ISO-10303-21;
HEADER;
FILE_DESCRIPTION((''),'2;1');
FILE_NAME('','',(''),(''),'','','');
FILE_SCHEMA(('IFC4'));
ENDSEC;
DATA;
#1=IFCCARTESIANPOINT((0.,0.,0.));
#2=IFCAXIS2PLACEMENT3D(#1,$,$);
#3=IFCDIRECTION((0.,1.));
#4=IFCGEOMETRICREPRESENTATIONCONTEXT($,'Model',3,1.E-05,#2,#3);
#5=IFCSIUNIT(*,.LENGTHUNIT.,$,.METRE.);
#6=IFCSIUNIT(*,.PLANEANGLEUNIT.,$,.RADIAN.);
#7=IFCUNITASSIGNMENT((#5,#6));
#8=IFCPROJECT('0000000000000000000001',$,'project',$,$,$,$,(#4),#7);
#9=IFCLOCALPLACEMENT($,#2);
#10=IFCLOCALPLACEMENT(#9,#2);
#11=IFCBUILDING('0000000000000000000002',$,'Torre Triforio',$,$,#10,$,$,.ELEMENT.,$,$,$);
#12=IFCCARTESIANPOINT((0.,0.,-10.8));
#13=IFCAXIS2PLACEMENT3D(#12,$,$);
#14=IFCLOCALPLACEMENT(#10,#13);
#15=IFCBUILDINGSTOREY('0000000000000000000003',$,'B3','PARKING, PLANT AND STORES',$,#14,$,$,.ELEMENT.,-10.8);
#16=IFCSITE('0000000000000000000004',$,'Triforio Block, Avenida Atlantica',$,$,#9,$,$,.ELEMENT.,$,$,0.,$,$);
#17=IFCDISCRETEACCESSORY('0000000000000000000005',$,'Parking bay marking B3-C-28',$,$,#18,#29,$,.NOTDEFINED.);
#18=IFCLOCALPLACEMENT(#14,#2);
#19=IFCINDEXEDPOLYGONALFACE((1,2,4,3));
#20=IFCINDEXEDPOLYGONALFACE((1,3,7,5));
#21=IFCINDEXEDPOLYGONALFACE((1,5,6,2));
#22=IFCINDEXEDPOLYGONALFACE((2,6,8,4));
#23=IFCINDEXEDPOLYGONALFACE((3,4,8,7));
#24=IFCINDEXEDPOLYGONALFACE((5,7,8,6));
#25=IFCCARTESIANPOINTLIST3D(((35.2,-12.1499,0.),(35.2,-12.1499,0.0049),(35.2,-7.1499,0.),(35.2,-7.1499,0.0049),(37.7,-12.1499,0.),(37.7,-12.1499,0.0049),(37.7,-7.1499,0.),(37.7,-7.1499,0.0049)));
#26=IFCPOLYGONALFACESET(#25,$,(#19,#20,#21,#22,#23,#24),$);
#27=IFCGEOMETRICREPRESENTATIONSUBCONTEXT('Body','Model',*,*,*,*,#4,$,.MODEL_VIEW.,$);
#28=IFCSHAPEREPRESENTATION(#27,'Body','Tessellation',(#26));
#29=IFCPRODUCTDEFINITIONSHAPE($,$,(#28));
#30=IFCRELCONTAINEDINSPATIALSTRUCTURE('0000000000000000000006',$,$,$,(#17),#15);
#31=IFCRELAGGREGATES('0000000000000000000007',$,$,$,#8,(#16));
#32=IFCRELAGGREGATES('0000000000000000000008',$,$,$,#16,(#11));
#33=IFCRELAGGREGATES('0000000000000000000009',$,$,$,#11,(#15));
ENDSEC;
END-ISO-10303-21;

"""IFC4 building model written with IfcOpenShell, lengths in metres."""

from ifc_helpers import new_model, si_unit, direction, frame, origin, origin_2d, place, context, subcontext, project, spatial, rectangle, extrude, element, save


model = new_model("IFC4")

# Units and contexts
model_context = context("Model", 3, precision=1e-05, world=origin(), true_north=direction((0.0, 1.0)))
body_context = subcontext(model_context, "Body", "Model", "MODEL_VIEW")
ifc_project = project(units=[si_unit("LENGTHUNIT", "METRE"), si_unit("PLANEANGLEUNIT", "RADIAN")], contexts=[model_context])

# Site, building, storey
site_placement = place(None, origin())
site = spatial("IfcSite", under=ifc_project, at=site_placement, Name="Triforio Block, Avenida Atlantica", CompositionType="ELEMENT", RefElevation=0.0)
building_placement = place(site_placement, origin())
building = spatial("IfcBuilding", under=site, at=building_placement, Name="Torre Triforio", CompositionType="ELEMENT")
storey_placement = place(building_placement, frame((0.0, 0.0, -10.8)))
storey = spatial("IfcBuildingStorey", under=building, at=storey_placement, Name="B3", Description="PARKING, PLANT AND STORES", CompositionType="ELEMENT", Elevation=-10.8)

# Discrete accessory
for number, where, z_axis, x_axis, name in (
    (1, (36.45, -9.6499, 0.0), (0.0, 0.0, 1.0), (1.0, 0.0, 0.0), "Parking bay marking B3-C-28"),
):
    element("IfcDiscreteAccessory", number, at=place(storey_placement, frame(where, z_axis=z_axis, x_axis=x_axis)), inside=storey, Name=name, PredefinedType="NOTDEFINED", context=body_context, shape_type="SweptSolid", body=[
        extrude(rectangle(XDim=2.5, YDim=5.0, at=origin_2d()), origin(), (0.0, 0.0, 1.0), 0.0049),
    ])

save(model, "model.ifc")
